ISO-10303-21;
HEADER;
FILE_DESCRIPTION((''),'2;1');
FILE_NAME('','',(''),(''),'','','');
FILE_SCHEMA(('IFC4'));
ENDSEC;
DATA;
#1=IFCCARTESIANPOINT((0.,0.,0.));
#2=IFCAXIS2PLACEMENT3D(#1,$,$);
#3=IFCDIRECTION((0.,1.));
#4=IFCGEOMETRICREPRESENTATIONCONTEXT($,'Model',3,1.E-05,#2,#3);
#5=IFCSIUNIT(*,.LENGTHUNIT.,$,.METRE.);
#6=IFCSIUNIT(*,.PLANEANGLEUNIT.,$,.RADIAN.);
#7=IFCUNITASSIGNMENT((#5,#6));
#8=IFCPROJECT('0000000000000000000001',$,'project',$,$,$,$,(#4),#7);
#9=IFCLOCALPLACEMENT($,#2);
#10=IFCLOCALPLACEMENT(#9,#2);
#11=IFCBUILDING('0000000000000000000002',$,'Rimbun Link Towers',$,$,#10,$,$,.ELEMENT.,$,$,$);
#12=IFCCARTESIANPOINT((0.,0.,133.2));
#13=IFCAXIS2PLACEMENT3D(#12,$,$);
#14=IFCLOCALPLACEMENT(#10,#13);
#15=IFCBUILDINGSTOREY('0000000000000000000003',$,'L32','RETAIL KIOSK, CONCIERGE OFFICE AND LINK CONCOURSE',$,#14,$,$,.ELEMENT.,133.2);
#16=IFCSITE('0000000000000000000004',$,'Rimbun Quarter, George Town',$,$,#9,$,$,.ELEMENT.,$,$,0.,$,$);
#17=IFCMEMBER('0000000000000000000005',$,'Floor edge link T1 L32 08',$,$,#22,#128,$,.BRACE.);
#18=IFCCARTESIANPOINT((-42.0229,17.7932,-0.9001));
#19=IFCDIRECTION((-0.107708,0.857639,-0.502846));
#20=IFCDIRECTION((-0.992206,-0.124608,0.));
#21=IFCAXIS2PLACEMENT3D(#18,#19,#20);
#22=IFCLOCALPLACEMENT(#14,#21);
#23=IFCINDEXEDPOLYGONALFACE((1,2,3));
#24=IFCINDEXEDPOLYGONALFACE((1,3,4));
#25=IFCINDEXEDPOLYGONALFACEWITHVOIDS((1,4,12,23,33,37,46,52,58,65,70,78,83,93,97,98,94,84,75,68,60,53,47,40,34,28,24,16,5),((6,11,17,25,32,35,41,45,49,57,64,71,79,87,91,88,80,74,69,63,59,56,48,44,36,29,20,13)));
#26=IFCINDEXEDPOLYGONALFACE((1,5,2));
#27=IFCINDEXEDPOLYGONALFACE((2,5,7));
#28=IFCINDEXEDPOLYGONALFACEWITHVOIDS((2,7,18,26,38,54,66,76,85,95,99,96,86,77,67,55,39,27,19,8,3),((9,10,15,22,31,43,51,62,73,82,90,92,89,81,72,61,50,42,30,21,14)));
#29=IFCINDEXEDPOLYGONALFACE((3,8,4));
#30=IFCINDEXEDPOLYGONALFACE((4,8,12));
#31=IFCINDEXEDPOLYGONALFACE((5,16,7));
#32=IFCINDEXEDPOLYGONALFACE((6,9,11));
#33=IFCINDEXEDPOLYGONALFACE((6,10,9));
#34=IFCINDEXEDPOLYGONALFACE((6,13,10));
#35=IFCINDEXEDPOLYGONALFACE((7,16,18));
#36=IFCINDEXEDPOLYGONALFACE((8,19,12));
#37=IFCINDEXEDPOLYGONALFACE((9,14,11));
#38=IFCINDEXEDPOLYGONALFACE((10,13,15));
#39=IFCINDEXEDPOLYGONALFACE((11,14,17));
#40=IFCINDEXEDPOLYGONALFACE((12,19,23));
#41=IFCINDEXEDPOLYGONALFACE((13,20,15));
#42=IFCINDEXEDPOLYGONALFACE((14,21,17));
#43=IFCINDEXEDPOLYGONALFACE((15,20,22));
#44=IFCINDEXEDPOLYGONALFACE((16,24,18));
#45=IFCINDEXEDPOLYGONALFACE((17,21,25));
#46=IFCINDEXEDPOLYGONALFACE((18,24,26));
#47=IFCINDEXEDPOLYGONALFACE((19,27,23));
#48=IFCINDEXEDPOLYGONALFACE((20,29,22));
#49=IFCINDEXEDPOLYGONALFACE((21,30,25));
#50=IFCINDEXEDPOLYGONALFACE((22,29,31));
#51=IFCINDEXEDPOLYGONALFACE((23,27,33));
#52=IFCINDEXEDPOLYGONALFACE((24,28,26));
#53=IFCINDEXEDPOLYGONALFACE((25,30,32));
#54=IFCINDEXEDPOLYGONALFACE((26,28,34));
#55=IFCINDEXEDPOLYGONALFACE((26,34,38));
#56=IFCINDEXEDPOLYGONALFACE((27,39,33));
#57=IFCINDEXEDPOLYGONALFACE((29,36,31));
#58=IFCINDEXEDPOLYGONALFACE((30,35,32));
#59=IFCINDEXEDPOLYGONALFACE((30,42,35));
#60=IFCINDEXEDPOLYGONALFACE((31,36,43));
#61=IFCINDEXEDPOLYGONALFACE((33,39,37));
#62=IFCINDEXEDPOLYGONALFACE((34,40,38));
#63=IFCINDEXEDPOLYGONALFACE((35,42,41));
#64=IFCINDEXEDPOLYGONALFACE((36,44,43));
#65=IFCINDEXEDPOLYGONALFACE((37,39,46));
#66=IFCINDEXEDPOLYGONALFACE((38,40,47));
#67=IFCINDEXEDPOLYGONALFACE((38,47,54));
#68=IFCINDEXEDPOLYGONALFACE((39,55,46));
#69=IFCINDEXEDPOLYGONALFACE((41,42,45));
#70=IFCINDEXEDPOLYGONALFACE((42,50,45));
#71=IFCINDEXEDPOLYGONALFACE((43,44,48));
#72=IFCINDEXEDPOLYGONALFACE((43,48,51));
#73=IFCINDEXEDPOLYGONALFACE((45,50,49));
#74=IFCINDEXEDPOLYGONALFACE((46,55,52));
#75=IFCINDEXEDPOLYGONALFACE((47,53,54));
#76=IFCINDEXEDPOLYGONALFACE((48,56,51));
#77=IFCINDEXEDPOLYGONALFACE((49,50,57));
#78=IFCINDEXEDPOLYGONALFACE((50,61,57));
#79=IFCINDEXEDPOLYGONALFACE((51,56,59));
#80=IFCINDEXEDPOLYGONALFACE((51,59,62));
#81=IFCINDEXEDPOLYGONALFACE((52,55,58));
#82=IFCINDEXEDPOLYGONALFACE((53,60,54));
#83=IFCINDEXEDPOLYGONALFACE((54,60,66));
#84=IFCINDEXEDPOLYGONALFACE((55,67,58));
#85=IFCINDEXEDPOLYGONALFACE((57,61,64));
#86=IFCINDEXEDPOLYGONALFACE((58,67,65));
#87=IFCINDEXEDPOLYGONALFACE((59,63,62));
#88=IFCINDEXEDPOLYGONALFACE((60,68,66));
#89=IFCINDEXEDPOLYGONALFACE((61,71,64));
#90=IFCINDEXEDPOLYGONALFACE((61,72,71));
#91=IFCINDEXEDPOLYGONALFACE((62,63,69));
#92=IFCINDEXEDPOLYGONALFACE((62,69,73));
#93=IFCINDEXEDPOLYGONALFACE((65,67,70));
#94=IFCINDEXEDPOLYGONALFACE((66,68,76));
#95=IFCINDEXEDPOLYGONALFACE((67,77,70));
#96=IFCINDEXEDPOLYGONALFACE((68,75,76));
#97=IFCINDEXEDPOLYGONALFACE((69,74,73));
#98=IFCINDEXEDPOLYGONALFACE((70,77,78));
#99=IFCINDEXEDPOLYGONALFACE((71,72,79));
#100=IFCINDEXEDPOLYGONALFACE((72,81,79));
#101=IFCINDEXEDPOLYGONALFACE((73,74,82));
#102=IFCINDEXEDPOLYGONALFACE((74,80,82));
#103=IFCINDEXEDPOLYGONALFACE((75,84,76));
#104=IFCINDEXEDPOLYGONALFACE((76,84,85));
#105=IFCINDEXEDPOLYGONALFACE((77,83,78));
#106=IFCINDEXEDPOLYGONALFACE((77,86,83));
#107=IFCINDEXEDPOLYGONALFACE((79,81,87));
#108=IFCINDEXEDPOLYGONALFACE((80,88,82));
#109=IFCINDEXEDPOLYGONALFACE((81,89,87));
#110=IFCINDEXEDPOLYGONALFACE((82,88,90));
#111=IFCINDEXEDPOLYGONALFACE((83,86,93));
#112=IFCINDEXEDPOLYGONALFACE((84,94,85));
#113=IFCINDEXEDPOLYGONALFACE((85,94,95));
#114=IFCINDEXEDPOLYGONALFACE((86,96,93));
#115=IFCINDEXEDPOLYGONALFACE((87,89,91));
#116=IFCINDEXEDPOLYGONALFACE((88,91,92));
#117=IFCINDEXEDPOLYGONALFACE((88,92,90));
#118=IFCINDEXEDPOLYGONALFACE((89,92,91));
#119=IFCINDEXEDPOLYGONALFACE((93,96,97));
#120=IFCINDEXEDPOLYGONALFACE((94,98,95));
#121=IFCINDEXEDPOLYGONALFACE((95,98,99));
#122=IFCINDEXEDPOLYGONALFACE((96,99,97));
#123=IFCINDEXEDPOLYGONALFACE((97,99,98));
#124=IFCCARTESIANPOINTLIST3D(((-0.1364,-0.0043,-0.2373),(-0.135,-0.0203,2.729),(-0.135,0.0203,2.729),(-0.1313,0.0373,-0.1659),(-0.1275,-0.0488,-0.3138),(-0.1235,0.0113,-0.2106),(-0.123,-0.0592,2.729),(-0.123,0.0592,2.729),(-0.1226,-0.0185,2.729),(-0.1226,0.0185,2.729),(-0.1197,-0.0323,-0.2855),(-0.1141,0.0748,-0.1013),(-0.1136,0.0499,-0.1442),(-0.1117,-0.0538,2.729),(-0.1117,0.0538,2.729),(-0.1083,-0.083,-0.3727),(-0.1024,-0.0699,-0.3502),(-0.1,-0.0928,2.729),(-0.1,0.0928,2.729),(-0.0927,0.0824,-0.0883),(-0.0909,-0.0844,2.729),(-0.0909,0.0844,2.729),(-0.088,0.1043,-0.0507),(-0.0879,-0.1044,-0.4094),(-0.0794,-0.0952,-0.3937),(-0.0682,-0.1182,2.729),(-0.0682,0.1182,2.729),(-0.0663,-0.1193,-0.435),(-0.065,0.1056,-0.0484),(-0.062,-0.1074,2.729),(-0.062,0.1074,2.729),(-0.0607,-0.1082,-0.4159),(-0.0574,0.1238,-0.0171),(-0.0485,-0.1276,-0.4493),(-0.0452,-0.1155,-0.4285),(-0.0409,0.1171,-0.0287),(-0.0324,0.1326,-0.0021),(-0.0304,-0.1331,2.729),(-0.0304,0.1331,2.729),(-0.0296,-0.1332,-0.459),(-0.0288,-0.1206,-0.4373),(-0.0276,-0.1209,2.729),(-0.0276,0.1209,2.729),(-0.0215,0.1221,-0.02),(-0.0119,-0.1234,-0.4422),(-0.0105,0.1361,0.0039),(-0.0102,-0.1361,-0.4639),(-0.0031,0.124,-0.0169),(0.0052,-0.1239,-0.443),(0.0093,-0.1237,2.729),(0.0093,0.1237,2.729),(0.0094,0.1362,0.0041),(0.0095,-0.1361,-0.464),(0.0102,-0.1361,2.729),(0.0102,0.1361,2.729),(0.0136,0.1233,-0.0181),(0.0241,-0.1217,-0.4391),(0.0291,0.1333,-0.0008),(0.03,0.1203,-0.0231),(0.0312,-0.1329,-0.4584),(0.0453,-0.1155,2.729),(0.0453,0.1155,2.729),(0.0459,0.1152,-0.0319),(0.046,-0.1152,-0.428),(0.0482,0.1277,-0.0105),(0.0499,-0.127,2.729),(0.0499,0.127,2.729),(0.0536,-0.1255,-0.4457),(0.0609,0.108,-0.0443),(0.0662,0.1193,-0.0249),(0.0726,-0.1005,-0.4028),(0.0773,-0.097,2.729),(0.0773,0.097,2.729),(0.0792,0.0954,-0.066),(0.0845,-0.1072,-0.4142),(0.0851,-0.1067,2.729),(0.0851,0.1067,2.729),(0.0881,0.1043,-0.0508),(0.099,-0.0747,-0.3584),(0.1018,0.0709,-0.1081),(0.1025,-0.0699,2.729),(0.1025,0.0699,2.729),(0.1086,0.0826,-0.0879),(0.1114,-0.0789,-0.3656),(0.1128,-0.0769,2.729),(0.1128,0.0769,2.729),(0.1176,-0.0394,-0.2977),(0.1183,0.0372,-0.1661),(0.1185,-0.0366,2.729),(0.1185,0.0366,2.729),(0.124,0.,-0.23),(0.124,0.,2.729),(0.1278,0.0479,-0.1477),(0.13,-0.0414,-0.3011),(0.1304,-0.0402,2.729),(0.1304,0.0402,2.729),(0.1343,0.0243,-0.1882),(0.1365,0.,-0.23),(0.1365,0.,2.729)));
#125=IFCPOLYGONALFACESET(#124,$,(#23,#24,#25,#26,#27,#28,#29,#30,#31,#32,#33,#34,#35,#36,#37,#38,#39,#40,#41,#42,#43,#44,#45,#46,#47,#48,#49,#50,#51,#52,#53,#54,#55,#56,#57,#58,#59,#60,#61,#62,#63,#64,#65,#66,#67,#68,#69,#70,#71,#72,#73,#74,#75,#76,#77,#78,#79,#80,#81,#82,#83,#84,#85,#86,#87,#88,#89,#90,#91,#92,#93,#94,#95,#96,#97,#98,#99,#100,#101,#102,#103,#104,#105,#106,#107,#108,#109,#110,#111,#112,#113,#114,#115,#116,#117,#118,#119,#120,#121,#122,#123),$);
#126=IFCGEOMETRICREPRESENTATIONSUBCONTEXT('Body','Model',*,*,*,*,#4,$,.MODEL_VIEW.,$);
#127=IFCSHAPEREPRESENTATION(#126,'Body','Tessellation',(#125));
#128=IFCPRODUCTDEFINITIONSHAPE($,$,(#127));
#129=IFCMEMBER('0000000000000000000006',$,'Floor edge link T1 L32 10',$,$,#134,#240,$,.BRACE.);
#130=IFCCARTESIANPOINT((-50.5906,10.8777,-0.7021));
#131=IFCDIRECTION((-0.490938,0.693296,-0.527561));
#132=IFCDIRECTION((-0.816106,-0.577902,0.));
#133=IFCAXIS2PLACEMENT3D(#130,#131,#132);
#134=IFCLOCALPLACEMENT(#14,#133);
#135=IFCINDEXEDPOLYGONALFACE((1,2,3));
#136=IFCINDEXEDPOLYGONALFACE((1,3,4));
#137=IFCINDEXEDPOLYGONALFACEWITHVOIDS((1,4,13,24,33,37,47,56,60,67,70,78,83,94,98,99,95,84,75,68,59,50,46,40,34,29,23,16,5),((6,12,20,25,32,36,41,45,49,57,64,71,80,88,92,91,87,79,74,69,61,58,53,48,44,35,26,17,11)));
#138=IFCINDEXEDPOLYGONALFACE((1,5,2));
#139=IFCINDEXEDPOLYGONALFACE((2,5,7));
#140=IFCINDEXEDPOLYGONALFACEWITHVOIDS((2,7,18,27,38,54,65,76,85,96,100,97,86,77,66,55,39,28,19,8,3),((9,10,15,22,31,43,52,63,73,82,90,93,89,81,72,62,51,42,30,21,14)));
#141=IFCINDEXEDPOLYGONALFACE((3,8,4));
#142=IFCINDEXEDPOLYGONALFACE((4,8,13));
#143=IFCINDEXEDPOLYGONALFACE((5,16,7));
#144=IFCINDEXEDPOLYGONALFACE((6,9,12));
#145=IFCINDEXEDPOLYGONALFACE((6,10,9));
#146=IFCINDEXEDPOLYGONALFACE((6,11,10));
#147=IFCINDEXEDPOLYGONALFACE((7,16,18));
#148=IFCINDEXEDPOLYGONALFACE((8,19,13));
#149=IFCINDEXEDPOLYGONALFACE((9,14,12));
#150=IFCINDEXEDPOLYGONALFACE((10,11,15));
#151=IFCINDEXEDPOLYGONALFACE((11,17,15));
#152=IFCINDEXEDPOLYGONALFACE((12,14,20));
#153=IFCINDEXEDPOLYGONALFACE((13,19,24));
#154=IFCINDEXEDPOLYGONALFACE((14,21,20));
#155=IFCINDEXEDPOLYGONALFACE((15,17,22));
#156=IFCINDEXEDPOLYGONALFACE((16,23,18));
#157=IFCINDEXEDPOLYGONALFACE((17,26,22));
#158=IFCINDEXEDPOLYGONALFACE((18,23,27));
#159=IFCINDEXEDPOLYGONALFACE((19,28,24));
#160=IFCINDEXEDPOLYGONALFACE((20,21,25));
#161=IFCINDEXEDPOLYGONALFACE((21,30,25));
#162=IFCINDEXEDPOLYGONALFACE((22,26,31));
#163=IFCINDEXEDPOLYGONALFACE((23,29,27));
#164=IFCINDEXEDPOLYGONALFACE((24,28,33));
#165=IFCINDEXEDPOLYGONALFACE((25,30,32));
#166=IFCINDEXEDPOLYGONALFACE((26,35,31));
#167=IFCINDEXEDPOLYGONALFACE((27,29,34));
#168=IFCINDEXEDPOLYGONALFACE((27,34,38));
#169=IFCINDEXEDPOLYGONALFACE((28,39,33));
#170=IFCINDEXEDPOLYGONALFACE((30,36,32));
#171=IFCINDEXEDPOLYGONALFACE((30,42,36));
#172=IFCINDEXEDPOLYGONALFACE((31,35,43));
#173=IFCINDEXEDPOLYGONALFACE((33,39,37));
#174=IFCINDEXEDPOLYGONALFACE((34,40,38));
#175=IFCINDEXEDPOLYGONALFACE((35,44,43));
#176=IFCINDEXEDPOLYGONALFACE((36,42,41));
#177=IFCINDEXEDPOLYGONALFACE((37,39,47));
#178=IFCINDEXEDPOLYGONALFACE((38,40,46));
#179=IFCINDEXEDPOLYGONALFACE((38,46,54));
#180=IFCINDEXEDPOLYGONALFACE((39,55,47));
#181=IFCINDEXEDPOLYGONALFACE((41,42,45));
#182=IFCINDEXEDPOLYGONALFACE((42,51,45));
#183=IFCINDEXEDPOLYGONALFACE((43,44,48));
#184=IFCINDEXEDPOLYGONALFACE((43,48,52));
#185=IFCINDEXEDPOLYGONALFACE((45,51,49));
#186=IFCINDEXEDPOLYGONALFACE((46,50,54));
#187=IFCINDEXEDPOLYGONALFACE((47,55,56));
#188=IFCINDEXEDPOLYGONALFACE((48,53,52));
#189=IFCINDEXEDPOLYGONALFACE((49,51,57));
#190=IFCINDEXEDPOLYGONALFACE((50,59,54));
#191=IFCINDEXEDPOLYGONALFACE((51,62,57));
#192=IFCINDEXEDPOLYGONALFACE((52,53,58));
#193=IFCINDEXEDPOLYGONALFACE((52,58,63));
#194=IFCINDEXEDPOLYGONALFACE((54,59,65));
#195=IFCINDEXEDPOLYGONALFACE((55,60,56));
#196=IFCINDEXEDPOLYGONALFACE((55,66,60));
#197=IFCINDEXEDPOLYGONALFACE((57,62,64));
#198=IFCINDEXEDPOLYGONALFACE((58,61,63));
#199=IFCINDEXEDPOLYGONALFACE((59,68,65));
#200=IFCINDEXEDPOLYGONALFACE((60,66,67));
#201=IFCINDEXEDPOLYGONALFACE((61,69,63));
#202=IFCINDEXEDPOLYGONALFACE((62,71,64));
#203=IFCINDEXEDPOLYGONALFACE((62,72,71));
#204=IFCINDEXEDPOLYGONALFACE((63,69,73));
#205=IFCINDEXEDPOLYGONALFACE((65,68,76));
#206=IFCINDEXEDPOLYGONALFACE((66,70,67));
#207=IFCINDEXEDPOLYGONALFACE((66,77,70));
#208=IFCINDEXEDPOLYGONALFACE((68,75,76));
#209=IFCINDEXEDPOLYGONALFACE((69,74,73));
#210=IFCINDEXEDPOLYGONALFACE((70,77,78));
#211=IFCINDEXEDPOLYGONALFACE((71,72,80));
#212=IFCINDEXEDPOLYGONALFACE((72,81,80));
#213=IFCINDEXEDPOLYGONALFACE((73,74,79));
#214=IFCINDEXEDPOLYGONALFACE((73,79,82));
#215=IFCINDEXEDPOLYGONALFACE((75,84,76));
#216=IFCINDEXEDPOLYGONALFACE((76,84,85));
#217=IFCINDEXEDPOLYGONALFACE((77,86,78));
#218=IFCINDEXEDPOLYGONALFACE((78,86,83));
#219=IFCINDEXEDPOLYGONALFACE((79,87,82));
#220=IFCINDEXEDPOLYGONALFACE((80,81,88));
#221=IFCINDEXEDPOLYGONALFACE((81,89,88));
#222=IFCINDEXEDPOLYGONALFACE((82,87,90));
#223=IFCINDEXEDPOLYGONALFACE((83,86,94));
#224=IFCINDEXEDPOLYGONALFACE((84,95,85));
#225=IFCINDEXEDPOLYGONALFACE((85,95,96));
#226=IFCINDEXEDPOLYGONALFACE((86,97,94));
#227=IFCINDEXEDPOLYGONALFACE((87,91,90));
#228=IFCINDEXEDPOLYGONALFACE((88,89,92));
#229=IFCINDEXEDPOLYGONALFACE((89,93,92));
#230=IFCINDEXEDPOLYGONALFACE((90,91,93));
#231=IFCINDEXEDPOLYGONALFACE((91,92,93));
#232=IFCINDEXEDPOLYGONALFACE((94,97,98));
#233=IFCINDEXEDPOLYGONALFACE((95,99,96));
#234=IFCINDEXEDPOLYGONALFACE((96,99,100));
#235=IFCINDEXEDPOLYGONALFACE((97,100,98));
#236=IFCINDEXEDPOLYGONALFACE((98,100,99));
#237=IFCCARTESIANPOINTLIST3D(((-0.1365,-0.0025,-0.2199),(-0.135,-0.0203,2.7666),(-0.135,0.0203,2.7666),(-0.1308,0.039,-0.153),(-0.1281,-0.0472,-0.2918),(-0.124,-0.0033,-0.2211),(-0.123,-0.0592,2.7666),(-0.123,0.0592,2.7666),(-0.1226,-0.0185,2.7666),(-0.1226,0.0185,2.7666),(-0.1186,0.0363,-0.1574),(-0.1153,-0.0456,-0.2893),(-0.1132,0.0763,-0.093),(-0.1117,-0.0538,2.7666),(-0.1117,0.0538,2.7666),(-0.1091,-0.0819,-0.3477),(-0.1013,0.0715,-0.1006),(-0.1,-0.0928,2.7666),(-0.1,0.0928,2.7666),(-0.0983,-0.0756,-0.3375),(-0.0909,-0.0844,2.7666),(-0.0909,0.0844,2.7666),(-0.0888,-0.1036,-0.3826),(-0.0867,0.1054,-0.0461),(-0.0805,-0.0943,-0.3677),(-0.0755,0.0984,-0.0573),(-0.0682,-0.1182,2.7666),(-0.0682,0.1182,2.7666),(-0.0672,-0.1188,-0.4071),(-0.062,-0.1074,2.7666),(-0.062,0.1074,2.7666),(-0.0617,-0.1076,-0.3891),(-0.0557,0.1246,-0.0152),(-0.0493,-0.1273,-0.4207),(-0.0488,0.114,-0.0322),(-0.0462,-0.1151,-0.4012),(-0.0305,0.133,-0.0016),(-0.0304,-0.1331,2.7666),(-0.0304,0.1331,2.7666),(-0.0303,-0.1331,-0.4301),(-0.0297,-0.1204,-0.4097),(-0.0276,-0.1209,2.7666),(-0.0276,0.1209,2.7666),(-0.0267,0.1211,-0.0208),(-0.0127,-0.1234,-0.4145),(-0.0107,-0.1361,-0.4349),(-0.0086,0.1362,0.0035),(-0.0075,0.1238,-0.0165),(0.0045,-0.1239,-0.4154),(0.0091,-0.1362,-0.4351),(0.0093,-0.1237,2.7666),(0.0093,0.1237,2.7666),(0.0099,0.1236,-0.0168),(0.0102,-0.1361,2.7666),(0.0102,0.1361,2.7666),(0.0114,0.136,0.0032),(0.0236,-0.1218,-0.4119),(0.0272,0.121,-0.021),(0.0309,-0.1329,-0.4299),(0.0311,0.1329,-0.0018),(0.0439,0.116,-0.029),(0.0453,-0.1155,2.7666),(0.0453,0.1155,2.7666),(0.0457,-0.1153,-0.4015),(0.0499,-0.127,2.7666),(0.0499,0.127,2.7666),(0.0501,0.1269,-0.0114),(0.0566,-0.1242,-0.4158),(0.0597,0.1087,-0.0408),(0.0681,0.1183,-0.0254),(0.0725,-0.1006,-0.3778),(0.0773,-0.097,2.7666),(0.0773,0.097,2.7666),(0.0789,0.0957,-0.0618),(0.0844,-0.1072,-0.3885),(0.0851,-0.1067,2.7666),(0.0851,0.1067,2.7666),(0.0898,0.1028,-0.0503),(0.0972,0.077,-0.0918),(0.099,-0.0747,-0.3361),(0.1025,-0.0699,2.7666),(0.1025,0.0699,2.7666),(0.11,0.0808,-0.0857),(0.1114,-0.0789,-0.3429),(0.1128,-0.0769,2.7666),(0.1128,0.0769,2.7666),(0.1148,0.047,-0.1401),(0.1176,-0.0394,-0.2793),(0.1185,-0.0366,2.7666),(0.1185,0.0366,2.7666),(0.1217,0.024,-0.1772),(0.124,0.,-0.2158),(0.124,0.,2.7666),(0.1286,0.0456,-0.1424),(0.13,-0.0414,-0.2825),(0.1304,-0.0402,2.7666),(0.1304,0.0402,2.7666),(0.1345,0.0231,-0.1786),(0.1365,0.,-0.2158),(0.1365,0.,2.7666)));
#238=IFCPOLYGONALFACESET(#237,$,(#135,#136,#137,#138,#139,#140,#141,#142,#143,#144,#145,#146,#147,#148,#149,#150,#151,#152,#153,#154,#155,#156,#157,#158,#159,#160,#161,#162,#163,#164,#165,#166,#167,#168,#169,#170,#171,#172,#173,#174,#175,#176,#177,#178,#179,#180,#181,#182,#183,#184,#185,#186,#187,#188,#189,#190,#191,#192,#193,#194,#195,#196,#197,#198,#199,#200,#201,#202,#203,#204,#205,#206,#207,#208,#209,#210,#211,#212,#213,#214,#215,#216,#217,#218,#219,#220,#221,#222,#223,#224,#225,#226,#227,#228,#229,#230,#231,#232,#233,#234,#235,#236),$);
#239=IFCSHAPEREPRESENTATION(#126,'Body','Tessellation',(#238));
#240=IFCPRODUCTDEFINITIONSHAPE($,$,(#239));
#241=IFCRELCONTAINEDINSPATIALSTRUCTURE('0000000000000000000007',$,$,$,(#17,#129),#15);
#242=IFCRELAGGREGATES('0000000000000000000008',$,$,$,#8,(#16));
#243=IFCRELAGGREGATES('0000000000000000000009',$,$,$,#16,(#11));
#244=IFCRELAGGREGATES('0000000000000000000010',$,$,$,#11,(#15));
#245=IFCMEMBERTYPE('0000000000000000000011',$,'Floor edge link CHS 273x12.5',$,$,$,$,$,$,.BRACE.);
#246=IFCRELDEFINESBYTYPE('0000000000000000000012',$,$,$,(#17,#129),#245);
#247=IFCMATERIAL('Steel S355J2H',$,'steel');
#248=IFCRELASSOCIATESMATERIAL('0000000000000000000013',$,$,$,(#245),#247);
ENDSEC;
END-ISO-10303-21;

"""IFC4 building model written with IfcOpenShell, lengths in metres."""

from ifc_helpers import new_model, si_unit, direction, frame, origin, origin_2d, place, context, subcontext, project, spatial, hollow_circle, extrude, clip, halfspace, material, material_profile, profile_set, type_object, element, save


model = new_model("IFC4")

# Units and contexts
model_context = context("Model", 3, precision=1e-05, world=origin(), true_north=direction((0.0, 1.0)))
body_context = subcontext(model_context, "Body", "Model", "MODEL_VIEW")
ifc_project = project(units=[si_unit("LENGTHUNIT", "METRE"), si_unit("PLANEANGLEUNIT", "RADIAN")], contexts=[model_context])

# Site, building, storey
site_placement = place(None, origin())
site = spatial("IfcSite", under=ifc_project, at=site_placement, Name="Rimbun Quarter, George Town", CompositionType="ELEMENT", RefElevation=0.0)
building_placement = place(site_placement, origin())
building = spatial("IfcBuilding", under=site, at=building_placement, Name="Rimbun Link Towers", CompositionType="ELEMENT")
storey_placement = place(building_placement, frame((0.0, 0.0, 133.2)))
storey = spatial("IfcBuildingStorey", under=building, at=storey_placement, Name="L32", Description="RETAIL KIOSK, CONCIERGE OFFICE AND LINK CONCOURSE", CompositionType="ELEMENT", Elevation=133.2)

# Members
ifc_material_1 = material(Name="Steel S355J2H", Category="steel")
ifc_material_profile_1 = material_profile(ifc_material_1, hollow_circle(Radius=0.1365, WallThickness=0.0125, at=origin_2d()), Name="CHS 273x12.5")
ifc_profile_set_1 = profile_set([ifc_material_profile_1], Name="Steel S355J2H")
member_type_1 = type_object("IfcMemberType", Name="Floor edge link CHS 273x12.5", PredefinedType="BRACE", material=ifc_profile_set_1)
member_1_placement = place(storey_placement, frame((-42.0229, 17.7932, -0.9001), z_axis=(-0.107708, 0.857639, -0.502846), x_axis=(-0.992206, -0.124608, 0.0)))
element("IfcMember", 1, at=member_1_placement, inside=storey, type_object=member_type_1, Name="Floor edge link T1 L32 08", PredefinedType="BRACE", context=body_context, shape_type="Clipping", body=[
    clip(extrude(hollow_circle(Radius=0.1365, WallThickness=0.0125, at=origin_2d()), frame((0.0, 0.0, -0.4893)), (0.0, 0.0, 1.0), 3.2183), halfspace(frame((0.0, 0.0, -0.23), z_axis=(0.0, 0.864376, -0.502846)), False)),
])
member_2_placement = place(storey_placement, frame((-50.5906, 10.8777, -0.7021), z_axis=(-0.490938, 0.693296, -0.527561), x_axis=(-0.816106, -0.577902, 0.0)))
element("IfcMember", 2, at=member_2_placement, inside=storey, type_object=member_type_1, Name="Floor edge link T1 L32 10", PredefinedType="BRACE", context=body_context, shape_type="Clipping", body=[
    clip(extrude(hollow_circle(Radius=0.1365, WallThickness=0.0125, at=origin_2d()), frame((0.0, 0.0, -0.4585)), (0.0, 0.0, 1.0), 3.2251), halfspace(frame((0.0, 0.0, -0.2158), z_axis=(0.0, 0.849517, -0.527561)), False)),
])

save(model, "model.ifc")
